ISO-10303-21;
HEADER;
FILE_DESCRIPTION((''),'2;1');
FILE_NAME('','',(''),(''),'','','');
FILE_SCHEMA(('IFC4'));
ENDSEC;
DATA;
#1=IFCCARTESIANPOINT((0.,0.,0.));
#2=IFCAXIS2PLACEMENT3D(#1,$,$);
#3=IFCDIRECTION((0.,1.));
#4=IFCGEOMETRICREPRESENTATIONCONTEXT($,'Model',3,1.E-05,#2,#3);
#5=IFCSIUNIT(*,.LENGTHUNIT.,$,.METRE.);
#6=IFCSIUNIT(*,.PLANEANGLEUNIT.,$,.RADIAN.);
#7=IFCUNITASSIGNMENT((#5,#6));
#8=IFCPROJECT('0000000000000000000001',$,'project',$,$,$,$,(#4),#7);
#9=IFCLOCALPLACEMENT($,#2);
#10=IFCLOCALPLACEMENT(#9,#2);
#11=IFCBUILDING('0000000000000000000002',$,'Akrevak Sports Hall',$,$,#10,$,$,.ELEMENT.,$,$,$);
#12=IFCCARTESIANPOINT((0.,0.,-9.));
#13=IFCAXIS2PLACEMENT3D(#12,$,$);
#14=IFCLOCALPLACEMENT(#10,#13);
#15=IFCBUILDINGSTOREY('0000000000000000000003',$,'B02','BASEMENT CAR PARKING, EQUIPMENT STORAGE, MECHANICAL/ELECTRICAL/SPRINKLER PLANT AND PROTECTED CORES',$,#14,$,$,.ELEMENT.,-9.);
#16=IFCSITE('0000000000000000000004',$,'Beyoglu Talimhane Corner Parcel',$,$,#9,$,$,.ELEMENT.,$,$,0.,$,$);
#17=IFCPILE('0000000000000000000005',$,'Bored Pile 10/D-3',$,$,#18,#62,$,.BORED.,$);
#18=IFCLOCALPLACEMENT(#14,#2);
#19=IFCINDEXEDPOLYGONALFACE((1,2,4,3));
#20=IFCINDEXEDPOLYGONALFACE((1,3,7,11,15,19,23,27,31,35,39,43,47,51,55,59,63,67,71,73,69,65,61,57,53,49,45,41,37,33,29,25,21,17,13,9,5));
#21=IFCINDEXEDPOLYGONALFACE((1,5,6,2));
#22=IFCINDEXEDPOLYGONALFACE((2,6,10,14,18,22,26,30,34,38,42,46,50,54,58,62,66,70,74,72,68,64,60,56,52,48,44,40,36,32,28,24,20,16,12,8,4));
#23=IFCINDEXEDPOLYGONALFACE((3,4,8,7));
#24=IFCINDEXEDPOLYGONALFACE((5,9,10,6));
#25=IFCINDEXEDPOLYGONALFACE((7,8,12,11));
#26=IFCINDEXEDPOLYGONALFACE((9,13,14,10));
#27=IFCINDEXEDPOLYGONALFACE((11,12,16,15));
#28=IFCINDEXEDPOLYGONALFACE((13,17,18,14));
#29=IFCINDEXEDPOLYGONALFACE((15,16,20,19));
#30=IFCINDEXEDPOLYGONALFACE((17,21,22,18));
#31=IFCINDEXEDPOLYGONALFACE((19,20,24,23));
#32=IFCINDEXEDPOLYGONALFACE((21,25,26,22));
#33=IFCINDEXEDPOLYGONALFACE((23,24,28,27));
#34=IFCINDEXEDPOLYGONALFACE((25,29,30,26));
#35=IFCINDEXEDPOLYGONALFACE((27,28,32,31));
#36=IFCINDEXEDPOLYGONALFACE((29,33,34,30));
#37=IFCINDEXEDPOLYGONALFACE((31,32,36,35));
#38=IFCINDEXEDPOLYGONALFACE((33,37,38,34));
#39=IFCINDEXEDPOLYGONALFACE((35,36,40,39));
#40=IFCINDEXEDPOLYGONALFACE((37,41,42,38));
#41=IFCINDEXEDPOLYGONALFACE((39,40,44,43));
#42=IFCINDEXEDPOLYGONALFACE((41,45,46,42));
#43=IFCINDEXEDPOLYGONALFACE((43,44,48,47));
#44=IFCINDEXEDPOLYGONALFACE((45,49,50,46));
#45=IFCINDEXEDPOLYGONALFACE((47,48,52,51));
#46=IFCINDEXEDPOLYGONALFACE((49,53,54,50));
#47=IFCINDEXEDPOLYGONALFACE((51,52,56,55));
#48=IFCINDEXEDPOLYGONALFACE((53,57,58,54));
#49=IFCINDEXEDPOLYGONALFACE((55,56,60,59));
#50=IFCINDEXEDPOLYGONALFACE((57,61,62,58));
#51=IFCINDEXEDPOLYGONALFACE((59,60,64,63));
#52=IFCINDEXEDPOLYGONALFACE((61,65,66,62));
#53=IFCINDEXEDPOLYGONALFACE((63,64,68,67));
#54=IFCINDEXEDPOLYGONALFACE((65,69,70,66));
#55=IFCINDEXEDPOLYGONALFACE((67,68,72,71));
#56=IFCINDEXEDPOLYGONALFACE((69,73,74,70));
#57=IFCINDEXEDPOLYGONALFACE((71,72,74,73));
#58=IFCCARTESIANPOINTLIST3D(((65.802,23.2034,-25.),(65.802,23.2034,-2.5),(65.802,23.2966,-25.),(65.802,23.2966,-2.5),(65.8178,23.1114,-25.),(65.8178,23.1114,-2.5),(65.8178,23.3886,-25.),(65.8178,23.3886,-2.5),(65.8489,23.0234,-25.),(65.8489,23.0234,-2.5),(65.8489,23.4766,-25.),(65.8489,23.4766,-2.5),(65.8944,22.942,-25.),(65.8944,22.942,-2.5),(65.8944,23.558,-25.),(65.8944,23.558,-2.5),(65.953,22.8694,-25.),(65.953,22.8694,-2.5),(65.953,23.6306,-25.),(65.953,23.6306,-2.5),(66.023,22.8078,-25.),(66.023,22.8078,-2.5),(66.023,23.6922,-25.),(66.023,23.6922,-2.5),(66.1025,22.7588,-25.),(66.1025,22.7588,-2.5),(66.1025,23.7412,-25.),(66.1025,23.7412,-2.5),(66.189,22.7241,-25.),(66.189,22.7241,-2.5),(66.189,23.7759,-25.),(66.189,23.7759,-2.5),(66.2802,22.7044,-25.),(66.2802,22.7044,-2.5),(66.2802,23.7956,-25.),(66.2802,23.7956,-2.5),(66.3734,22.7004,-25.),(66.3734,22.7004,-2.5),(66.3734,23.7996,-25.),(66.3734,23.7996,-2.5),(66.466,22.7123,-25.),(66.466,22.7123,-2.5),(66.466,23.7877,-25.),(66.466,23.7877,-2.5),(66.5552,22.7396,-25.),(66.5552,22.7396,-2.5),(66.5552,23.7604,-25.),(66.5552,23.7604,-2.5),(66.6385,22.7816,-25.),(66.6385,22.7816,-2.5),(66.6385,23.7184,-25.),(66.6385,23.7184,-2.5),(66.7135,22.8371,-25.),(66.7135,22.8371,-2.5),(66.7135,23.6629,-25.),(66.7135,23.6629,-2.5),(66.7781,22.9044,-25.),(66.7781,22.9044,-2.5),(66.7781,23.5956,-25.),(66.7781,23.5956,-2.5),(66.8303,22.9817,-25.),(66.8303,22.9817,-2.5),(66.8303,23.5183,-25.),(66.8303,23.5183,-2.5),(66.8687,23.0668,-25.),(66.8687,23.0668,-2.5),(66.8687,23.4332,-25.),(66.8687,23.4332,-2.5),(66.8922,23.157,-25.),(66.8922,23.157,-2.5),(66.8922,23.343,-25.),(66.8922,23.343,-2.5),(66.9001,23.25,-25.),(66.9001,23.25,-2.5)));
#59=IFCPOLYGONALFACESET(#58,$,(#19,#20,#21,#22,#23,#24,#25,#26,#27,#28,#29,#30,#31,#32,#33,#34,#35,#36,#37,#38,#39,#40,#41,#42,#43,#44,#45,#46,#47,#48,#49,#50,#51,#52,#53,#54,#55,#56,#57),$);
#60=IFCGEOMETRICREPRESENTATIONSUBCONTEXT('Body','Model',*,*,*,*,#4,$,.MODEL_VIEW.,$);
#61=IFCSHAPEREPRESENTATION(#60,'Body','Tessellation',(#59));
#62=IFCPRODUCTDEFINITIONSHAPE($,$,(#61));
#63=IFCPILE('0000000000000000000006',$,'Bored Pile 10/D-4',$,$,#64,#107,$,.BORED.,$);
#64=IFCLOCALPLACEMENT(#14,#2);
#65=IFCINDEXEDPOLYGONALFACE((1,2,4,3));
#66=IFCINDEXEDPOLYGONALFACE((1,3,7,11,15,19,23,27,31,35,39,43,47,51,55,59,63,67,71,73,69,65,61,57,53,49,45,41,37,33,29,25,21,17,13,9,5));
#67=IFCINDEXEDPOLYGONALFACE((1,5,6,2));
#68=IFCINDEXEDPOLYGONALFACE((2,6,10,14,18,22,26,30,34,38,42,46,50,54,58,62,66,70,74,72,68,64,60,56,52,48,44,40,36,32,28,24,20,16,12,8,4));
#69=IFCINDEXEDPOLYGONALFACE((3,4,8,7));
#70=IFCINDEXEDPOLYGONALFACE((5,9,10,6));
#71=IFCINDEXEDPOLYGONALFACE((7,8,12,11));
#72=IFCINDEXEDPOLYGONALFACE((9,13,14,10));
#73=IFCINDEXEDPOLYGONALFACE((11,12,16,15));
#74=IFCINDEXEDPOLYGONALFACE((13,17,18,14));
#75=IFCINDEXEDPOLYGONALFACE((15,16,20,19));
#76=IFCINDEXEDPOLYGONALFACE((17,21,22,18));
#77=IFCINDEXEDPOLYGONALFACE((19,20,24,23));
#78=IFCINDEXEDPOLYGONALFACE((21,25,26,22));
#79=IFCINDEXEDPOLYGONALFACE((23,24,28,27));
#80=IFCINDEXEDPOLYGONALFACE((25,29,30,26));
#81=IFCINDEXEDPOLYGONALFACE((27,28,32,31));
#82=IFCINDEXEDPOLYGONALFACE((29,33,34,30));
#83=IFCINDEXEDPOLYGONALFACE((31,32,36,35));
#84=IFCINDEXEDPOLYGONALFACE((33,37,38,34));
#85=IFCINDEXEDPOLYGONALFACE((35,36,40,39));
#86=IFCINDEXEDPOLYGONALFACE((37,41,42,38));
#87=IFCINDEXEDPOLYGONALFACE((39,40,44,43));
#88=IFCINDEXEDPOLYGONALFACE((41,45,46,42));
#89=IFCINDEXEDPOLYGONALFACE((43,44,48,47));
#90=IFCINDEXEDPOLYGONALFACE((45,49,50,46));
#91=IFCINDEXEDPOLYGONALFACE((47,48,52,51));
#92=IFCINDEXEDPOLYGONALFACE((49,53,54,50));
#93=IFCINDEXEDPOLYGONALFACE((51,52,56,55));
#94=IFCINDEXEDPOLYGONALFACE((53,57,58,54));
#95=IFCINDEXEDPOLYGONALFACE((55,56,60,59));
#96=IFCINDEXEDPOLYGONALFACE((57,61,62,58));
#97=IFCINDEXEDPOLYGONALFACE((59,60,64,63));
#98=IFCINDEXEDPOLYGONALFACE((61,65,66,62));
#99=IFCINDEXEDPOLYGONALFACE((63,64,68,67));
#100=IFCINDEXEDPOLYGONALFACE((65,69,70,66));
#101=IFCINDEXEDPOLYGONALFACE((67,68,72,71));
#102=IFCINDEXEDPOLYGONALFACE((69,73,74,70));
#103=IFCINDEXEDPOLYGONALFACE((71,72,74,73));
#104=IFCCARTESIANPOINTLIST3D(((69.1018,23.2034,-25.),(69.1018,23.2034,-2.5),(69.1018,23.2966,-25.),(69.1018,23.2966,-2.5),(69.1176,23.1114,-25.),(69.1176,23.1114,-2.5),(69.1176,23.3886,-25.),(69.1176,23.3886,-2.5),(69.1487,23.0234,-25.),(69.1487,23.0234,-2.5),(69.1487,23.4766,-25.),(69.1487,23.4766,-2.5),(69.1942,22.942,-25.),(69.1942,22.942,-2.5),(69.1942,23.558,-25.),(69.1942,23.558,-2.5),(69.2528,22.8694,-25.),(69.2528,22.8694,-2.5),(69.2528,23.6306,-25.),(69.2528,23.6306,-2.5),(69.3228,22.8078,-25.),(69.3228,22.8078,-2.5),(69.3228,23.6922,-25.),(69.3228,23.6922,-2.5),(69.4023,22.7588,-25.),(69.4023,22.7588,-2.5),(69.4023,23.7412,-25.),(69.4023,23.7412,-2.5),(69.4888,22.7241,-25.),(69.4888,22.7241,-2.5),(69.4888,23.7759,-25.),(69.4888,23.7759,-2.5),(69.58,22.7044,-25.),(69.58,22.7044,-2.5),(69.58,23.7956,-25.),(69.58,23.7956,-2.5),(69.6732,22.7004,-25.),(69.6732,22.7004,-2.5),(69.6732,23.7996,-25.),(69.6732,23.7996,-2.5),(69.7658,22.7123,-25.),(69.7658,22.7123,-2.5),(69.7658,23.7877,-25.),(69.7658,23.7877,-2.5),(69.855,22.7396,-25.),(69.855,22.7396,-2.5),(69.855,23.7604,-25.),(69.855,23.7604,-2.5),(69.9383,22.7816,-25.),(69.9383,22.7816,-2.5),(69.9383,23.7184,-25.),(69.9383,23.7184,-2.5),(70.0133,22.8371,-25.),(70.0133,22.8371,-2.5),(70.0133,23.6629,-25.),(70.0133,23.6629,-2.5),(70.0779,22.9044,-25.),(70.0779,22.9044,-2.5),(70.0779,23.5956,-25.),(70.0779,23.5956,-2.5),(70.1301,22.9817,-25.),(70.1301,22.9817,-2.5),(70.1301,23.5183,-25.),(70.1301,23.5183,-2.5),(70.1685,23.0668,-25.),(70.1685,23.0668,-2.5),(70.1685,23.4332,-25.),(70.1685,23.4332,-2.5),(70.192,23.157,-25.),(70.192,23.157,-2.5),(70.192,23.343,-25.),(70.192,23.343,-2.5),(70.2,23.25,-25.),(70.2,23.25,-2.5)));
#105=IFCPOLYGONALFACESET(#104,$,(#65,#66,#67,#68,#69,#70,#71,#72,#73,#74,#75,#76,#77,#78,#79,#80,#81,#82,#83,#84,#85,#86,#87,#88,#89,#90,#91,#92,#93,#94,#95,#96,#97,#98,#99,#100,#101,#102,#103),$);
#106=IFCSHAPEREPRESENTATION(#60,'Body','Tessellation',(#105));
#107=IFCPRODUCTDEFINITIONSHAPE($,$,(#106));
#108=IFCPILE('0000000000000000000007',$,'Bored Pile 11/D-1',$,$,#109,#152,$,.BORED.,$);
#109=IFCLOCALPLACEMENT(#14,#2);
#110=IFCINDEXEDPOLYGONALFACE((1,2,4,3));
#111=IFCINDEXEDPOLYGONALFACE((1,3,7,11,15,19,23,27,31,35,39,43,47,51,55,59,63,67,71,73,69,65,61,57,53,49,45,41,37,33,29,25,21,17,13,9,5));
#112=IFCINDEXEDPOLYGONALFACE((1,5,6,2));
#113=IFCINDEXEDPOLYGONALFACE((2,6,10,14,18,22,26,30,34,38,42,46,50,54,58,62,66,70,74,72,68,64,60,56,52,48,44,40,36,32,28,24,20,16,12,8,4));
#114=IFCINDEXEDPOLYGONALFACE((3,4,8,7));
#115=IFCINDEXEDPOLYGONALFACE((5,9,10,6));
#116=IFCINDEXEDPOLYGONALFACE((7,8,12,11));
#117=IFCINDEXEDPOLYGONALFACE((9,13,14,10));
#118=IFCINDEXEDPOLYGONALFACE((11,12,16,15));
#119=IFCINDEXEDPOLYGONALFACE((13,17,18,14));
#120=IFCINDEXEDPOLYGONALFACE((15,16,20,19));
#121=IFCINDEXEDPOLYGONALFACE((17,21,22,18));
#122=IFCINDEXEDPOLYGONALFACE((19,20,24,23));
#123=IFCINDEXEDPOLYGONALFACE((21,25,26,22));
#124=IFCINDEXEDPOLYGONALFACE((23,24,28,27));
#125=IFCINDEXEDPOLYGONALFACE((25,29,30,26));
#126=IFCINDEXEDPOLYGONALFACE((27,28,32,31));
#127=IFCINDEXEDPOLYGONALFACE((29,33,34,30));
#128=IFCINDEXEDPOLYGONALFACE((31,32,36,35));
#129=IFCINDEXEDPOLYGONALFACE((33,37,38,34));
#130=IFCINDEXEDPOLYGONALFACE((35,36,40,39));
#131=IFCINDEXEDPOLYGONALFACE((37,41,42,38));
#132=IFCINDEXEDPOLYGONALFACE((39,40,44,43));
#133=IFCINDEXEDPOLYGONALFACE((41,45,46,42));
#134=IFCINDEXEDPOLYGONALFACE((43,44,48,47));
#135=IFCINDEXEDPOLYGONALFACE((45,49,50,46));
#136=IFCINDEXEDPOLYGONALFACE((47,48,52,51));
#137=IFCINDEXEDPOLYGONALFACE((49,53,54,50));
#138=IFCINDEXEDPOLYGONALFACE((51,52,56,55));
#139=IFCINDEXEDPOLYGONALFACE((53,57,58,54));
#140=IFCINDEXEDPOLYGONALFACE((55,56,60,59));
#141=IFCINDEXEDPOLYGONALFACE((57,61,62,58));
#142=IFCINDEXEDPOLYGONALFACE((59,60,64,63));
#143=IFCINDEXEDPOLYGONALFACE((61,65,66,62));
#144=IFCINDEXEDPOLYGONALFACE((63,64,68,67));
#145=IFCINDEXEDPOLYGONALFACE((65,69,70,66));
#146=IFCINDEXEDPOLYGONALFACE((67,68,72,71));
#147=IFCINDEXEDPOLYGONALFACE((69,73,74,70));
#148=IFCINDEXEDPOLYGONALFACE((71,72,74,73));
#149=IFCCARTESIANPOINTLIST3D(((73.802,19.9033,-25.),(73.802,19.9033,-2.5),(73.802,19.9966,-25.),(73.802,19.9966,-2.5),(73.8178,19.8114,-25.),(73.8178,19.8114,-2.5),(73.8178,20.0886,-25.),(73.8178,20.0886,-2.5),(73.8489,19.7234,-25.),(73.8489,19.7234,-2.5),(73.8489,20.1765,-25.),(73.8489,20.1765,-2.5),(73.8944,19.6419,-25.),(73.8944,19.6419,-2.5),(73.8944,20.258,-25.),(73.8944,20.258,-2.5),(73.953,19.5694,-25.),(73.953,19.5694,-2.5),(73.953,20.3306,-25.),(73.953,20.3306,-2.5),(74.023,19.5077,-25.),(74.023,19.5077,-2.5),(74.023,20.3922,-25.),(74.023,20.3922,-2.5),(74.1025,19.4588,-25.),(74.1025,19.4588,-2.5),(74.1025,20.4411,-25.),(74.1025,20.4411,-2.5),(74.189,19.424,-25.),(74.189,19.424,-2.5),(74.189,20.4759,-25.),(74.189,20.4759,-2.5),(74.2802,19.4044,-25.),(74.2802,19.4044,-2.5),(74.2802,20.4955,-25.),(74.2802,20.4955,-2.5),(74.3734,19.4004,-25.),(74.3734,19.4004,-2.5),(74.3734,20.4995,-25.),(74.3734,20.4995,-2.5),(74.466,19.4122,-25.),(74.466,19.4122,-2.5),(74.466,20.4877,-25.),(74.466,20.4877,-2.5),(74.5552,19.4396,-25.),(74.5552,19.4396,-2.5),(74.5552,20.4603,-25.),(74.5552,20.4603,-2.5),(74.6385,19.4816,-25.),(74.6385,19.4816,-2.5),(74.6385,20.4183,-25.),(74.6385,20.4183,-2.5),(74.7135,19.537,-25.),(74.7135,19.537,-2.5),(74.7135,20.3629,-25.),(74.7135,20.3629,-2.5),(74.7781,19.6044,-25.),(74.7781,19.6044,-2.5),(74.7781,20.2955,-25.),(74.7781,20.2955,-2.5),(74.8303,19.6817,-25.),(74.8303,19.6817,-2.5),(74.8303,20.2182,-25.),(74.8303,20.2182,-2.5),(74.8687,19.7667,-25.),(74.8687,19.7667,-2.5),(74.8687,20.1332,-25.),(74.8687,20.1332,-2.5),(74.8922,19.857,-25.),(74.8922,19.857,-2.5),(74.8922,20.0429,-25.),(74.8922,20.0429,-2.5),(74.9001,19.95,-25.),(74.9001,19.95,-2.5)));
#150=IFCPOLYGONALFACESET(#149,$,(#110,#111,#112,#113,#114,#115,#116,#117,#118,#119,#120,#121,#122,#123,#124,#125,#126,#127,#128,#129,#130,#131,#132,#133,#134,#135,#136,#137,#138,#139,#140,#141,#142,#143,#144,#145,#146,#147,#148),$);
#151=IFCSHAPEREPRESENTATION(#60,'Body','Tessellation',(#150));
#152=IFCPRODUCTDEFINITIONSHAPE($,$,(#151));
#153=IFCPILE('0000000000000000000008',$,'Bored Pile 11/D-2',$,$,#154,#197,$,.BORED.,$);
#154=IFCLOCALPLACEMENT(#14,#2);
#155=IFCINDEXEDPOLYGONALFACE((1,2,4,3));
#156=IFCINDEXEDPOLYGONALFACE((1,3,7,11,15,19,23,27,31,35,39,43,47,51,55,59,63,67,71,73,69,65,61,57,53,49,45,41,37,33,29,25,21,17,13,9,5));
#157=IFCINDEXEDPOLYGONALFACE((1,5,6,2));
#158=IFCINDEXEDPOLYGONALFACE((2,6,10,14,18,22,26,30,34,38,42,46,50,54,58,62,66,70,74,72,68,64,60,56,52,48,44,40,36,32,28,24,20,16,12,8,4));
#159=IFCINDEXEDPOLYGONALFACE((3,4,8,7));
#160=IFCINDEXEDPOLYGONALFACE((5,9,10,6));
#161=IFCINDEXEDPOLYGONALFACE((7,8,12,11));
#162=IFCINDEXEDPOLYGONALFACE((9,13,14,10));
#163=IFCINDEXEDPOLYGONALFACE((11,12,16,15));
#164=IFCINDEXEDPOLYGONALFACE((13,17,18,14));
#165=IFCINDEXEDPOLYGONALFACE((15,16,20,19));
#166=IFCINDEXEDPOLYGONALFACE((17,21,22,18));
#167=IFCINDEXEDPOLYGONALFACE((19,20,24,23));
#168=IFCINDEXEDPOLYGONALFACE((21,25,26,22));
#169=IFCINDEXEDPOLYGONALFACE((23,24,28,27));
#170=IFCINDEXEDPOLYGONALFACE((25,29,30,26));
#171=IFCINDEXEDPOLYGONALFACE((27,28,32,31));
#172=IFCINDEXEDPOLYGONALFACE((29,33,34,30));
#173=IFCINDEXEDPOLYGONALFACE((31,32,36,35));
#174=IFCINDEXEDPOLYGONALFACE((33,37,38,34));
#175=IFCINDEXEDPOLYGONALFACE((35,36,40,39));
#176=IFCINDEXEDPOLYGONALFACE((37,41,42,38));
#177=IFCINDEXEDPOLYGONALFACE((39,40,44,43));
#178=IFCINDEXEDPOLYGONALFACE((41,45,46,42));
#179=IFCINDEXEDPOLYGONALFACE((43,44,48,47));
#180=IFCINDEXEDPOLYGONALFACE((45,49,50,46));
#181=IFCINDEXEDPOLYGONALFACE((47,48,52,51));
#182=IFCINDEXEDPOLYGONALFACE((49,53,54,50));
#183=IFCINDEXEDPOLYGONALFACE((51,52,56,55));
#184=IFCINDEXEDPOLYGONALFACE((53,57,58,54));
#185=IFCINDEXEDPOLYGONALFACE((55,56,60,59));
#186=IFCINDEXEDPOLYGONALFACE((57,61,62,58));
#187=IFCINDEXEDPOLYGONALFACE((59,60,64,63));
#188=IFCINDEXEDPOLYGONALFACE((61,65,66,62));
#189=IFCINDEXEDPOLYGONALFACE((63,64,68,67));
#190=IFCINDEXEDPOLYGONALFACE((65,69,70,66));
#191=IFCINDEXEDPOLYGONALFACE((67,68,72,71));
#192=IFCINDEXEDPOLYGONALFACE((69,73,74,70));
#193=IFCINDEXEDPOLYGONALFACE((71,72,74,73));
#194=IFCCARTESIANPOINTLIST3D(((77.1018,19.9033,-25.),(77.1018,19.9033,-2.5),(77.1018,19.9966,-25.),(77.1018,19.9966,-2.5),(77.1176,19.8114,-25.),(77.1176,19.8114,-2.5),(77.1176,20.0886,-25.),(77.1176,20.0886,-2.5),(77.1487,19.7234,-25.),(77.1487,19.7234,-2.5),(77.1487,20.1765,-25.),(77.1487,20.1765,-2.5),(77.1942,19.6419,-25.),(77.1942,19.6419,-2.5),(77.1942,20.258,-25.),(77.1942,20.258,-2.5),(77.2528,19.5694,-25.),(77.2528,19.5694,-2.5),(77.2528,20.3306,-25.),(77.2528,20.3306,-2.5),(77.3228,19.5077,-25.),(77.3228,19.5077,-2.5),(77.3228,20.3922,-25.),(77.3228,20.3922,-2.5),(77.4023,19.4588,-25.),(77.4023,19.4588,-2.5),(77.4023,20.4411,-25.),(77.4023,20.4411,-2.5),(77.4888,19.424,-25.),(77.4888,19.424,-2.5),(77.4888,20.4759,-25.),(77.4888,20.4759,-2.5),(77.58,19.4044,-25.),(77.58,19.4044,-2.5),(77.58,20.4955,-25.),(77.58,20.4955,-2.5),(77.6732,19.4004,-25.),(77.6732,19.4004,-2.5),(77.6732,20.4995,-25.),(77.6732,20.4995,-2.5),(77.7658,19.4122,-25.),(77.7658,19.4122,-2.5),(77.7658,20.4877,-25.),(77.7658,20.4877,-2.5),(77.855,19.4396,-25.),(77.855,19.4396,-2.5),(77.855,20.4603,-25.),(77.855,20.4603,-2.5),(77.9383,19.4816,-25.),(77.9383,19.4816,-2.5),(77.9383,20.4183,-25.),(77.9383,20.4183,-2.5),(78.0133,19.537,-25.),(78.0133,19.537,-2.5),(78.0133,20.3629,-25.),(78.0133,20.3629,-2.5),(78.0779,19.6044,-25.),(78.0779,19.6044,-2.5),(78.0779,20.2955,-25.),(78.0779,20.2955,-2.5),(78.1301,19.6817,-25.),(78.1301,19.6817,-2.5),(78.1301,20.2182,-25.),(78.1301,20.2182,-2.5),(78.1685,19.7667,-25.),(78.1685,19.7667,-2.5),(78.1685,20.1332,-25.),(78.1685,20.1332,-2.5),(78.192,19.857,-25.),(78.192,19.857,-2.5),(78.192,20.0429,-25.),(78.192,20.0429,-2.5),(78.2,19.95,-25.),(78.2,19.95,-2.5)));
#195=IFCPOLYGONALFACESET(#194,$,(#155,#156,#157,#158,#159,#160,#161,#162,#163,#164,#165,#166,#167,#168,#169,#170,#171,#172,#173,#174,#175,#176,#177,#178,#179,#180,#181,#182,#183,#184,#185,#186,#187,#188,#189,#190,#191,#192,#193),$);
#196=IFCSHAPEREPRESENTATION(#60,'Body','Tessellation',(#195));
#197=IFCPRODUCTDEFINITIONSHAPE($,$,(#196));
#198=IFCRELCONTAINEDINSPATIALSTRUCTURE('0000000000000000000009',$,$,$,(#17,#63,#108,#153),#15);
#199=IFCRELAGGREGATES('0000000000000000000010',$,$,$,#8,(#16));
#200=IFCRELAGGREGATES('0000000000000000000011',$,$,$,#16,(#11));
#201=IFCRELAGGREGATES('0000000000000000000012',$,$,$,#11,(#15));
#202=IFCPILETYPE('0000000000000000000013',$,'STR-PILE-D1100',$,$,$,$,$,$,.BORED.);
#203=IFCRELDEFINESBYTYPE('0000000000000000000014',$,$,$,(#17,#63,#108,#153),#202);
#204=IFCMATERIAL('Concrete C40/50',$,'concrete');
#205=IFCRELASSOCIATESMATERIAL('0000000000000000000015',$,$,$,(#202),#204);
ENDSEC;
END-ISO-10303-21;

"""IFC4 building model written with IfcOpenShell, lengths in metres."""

from ifc_helpers import new_model, si_unit, direction, frame, origin, origin_2d, place, context, subcontext, project, spatial, circle, extrude, material, material_profile, profile_set, type_object, element, save


model = new_model("IFC4")

# Units and contexts
model_context = context("Model", 3, precision=1e-05, world=origin(), true_north=direction((0.0, 1.0)))
body_context = subcontext(model_context, "Body", "Model", "MODEL_VIEW")
ifc_project = project(units=[si_unit("LENGTHUNIT", "METRE"), si_unit("PLANEANGLEUNIT", "RADIAN")], contexts=[model_context])

# Site, building, storey
site_placement = place(None, origin())
site = spatial("IfcSite", under=ifc_project, at=site_placement, Name="Beyoglu Talimhane Corner Parcel", CompositionType="ELEMENT", RefElevation=0.0)
building_placement = place(site_placement, origin())
building = spatial("IfcBuilding", under=site, at=building_placement, Name="Akrevak Sports Hall", CompositionType="ELEMENT")
storey_placement = place(building_placement, frame((0.0, 0.0, -9.0)))
storey = spatial("IfcBuildingStorey", under=building, at=storey_placement, Name="B02", Description="BASEMENT CAR PARKING, EQUIPMENT STORAGE, MECHANICAL/ELECTRICAL/SPRINKLER PLANT AND PROTECTED CORES", CompositionType="ELEMENT", Elevation=-9.0)

# Shared definitions
ifc_material_1 = material(Name="Concrete C40/50", Category="concrete")

# Piles
ifc_material_profile_1 = material_profile(ifc_material_1, circle(Radius=0.55, at=origin_2d()), Name="BORED PILE D1100", Category="concrete")
ifc_profile_set_1 = profile_set([ifc_material_profile_1], Name="Concrete C40/50")
pile_type_1 = type_object("IfcPileType", Name="STR-PILE-D1100", PredefinedType="BORED", material=ifc_profile_set_1)
for number, where, z_axis, x_axis, name in (
    (1, (66.3501, 23.25, -2.5), (0.0, 0.0, -1.0), (1.0, 0.0, 0.0), "Bored Pile 10/D-3"),
    (2, (69.6499, 23.25, -2.5), (0.0, 0.0, -1.0), (1.0, 0.0, 0.0), "Bored Pile 10/D-4"),
    (3, (74.3501, 19.95, -2.5), (0.0, 0.0, -1.0), (1.0, 0.0, 0.0), "Bored Pile 11/D-1"),
    (4, (77.6499, 19.95, -2.5), (0.0, 0.0, -1.0), (1.0, 0.0, 0.0), "Bored Pile 11/D-2"),
):
    element("IfcPile", number, at=place(storey_placement, frame(where, z_axis=z_axis, x_axis=x_axis)), inside=storey, type_object=pile_type_1, Name=name, PredefinedType="BORED", context=body_context, shape_type="SweptSolid", body=[
        extrude(circle(Radius=0.55, at=origin_2d()), origin(), (0.0, 0.0, 1.0), 22.5),
    ])

save(model, "model.ifc")
